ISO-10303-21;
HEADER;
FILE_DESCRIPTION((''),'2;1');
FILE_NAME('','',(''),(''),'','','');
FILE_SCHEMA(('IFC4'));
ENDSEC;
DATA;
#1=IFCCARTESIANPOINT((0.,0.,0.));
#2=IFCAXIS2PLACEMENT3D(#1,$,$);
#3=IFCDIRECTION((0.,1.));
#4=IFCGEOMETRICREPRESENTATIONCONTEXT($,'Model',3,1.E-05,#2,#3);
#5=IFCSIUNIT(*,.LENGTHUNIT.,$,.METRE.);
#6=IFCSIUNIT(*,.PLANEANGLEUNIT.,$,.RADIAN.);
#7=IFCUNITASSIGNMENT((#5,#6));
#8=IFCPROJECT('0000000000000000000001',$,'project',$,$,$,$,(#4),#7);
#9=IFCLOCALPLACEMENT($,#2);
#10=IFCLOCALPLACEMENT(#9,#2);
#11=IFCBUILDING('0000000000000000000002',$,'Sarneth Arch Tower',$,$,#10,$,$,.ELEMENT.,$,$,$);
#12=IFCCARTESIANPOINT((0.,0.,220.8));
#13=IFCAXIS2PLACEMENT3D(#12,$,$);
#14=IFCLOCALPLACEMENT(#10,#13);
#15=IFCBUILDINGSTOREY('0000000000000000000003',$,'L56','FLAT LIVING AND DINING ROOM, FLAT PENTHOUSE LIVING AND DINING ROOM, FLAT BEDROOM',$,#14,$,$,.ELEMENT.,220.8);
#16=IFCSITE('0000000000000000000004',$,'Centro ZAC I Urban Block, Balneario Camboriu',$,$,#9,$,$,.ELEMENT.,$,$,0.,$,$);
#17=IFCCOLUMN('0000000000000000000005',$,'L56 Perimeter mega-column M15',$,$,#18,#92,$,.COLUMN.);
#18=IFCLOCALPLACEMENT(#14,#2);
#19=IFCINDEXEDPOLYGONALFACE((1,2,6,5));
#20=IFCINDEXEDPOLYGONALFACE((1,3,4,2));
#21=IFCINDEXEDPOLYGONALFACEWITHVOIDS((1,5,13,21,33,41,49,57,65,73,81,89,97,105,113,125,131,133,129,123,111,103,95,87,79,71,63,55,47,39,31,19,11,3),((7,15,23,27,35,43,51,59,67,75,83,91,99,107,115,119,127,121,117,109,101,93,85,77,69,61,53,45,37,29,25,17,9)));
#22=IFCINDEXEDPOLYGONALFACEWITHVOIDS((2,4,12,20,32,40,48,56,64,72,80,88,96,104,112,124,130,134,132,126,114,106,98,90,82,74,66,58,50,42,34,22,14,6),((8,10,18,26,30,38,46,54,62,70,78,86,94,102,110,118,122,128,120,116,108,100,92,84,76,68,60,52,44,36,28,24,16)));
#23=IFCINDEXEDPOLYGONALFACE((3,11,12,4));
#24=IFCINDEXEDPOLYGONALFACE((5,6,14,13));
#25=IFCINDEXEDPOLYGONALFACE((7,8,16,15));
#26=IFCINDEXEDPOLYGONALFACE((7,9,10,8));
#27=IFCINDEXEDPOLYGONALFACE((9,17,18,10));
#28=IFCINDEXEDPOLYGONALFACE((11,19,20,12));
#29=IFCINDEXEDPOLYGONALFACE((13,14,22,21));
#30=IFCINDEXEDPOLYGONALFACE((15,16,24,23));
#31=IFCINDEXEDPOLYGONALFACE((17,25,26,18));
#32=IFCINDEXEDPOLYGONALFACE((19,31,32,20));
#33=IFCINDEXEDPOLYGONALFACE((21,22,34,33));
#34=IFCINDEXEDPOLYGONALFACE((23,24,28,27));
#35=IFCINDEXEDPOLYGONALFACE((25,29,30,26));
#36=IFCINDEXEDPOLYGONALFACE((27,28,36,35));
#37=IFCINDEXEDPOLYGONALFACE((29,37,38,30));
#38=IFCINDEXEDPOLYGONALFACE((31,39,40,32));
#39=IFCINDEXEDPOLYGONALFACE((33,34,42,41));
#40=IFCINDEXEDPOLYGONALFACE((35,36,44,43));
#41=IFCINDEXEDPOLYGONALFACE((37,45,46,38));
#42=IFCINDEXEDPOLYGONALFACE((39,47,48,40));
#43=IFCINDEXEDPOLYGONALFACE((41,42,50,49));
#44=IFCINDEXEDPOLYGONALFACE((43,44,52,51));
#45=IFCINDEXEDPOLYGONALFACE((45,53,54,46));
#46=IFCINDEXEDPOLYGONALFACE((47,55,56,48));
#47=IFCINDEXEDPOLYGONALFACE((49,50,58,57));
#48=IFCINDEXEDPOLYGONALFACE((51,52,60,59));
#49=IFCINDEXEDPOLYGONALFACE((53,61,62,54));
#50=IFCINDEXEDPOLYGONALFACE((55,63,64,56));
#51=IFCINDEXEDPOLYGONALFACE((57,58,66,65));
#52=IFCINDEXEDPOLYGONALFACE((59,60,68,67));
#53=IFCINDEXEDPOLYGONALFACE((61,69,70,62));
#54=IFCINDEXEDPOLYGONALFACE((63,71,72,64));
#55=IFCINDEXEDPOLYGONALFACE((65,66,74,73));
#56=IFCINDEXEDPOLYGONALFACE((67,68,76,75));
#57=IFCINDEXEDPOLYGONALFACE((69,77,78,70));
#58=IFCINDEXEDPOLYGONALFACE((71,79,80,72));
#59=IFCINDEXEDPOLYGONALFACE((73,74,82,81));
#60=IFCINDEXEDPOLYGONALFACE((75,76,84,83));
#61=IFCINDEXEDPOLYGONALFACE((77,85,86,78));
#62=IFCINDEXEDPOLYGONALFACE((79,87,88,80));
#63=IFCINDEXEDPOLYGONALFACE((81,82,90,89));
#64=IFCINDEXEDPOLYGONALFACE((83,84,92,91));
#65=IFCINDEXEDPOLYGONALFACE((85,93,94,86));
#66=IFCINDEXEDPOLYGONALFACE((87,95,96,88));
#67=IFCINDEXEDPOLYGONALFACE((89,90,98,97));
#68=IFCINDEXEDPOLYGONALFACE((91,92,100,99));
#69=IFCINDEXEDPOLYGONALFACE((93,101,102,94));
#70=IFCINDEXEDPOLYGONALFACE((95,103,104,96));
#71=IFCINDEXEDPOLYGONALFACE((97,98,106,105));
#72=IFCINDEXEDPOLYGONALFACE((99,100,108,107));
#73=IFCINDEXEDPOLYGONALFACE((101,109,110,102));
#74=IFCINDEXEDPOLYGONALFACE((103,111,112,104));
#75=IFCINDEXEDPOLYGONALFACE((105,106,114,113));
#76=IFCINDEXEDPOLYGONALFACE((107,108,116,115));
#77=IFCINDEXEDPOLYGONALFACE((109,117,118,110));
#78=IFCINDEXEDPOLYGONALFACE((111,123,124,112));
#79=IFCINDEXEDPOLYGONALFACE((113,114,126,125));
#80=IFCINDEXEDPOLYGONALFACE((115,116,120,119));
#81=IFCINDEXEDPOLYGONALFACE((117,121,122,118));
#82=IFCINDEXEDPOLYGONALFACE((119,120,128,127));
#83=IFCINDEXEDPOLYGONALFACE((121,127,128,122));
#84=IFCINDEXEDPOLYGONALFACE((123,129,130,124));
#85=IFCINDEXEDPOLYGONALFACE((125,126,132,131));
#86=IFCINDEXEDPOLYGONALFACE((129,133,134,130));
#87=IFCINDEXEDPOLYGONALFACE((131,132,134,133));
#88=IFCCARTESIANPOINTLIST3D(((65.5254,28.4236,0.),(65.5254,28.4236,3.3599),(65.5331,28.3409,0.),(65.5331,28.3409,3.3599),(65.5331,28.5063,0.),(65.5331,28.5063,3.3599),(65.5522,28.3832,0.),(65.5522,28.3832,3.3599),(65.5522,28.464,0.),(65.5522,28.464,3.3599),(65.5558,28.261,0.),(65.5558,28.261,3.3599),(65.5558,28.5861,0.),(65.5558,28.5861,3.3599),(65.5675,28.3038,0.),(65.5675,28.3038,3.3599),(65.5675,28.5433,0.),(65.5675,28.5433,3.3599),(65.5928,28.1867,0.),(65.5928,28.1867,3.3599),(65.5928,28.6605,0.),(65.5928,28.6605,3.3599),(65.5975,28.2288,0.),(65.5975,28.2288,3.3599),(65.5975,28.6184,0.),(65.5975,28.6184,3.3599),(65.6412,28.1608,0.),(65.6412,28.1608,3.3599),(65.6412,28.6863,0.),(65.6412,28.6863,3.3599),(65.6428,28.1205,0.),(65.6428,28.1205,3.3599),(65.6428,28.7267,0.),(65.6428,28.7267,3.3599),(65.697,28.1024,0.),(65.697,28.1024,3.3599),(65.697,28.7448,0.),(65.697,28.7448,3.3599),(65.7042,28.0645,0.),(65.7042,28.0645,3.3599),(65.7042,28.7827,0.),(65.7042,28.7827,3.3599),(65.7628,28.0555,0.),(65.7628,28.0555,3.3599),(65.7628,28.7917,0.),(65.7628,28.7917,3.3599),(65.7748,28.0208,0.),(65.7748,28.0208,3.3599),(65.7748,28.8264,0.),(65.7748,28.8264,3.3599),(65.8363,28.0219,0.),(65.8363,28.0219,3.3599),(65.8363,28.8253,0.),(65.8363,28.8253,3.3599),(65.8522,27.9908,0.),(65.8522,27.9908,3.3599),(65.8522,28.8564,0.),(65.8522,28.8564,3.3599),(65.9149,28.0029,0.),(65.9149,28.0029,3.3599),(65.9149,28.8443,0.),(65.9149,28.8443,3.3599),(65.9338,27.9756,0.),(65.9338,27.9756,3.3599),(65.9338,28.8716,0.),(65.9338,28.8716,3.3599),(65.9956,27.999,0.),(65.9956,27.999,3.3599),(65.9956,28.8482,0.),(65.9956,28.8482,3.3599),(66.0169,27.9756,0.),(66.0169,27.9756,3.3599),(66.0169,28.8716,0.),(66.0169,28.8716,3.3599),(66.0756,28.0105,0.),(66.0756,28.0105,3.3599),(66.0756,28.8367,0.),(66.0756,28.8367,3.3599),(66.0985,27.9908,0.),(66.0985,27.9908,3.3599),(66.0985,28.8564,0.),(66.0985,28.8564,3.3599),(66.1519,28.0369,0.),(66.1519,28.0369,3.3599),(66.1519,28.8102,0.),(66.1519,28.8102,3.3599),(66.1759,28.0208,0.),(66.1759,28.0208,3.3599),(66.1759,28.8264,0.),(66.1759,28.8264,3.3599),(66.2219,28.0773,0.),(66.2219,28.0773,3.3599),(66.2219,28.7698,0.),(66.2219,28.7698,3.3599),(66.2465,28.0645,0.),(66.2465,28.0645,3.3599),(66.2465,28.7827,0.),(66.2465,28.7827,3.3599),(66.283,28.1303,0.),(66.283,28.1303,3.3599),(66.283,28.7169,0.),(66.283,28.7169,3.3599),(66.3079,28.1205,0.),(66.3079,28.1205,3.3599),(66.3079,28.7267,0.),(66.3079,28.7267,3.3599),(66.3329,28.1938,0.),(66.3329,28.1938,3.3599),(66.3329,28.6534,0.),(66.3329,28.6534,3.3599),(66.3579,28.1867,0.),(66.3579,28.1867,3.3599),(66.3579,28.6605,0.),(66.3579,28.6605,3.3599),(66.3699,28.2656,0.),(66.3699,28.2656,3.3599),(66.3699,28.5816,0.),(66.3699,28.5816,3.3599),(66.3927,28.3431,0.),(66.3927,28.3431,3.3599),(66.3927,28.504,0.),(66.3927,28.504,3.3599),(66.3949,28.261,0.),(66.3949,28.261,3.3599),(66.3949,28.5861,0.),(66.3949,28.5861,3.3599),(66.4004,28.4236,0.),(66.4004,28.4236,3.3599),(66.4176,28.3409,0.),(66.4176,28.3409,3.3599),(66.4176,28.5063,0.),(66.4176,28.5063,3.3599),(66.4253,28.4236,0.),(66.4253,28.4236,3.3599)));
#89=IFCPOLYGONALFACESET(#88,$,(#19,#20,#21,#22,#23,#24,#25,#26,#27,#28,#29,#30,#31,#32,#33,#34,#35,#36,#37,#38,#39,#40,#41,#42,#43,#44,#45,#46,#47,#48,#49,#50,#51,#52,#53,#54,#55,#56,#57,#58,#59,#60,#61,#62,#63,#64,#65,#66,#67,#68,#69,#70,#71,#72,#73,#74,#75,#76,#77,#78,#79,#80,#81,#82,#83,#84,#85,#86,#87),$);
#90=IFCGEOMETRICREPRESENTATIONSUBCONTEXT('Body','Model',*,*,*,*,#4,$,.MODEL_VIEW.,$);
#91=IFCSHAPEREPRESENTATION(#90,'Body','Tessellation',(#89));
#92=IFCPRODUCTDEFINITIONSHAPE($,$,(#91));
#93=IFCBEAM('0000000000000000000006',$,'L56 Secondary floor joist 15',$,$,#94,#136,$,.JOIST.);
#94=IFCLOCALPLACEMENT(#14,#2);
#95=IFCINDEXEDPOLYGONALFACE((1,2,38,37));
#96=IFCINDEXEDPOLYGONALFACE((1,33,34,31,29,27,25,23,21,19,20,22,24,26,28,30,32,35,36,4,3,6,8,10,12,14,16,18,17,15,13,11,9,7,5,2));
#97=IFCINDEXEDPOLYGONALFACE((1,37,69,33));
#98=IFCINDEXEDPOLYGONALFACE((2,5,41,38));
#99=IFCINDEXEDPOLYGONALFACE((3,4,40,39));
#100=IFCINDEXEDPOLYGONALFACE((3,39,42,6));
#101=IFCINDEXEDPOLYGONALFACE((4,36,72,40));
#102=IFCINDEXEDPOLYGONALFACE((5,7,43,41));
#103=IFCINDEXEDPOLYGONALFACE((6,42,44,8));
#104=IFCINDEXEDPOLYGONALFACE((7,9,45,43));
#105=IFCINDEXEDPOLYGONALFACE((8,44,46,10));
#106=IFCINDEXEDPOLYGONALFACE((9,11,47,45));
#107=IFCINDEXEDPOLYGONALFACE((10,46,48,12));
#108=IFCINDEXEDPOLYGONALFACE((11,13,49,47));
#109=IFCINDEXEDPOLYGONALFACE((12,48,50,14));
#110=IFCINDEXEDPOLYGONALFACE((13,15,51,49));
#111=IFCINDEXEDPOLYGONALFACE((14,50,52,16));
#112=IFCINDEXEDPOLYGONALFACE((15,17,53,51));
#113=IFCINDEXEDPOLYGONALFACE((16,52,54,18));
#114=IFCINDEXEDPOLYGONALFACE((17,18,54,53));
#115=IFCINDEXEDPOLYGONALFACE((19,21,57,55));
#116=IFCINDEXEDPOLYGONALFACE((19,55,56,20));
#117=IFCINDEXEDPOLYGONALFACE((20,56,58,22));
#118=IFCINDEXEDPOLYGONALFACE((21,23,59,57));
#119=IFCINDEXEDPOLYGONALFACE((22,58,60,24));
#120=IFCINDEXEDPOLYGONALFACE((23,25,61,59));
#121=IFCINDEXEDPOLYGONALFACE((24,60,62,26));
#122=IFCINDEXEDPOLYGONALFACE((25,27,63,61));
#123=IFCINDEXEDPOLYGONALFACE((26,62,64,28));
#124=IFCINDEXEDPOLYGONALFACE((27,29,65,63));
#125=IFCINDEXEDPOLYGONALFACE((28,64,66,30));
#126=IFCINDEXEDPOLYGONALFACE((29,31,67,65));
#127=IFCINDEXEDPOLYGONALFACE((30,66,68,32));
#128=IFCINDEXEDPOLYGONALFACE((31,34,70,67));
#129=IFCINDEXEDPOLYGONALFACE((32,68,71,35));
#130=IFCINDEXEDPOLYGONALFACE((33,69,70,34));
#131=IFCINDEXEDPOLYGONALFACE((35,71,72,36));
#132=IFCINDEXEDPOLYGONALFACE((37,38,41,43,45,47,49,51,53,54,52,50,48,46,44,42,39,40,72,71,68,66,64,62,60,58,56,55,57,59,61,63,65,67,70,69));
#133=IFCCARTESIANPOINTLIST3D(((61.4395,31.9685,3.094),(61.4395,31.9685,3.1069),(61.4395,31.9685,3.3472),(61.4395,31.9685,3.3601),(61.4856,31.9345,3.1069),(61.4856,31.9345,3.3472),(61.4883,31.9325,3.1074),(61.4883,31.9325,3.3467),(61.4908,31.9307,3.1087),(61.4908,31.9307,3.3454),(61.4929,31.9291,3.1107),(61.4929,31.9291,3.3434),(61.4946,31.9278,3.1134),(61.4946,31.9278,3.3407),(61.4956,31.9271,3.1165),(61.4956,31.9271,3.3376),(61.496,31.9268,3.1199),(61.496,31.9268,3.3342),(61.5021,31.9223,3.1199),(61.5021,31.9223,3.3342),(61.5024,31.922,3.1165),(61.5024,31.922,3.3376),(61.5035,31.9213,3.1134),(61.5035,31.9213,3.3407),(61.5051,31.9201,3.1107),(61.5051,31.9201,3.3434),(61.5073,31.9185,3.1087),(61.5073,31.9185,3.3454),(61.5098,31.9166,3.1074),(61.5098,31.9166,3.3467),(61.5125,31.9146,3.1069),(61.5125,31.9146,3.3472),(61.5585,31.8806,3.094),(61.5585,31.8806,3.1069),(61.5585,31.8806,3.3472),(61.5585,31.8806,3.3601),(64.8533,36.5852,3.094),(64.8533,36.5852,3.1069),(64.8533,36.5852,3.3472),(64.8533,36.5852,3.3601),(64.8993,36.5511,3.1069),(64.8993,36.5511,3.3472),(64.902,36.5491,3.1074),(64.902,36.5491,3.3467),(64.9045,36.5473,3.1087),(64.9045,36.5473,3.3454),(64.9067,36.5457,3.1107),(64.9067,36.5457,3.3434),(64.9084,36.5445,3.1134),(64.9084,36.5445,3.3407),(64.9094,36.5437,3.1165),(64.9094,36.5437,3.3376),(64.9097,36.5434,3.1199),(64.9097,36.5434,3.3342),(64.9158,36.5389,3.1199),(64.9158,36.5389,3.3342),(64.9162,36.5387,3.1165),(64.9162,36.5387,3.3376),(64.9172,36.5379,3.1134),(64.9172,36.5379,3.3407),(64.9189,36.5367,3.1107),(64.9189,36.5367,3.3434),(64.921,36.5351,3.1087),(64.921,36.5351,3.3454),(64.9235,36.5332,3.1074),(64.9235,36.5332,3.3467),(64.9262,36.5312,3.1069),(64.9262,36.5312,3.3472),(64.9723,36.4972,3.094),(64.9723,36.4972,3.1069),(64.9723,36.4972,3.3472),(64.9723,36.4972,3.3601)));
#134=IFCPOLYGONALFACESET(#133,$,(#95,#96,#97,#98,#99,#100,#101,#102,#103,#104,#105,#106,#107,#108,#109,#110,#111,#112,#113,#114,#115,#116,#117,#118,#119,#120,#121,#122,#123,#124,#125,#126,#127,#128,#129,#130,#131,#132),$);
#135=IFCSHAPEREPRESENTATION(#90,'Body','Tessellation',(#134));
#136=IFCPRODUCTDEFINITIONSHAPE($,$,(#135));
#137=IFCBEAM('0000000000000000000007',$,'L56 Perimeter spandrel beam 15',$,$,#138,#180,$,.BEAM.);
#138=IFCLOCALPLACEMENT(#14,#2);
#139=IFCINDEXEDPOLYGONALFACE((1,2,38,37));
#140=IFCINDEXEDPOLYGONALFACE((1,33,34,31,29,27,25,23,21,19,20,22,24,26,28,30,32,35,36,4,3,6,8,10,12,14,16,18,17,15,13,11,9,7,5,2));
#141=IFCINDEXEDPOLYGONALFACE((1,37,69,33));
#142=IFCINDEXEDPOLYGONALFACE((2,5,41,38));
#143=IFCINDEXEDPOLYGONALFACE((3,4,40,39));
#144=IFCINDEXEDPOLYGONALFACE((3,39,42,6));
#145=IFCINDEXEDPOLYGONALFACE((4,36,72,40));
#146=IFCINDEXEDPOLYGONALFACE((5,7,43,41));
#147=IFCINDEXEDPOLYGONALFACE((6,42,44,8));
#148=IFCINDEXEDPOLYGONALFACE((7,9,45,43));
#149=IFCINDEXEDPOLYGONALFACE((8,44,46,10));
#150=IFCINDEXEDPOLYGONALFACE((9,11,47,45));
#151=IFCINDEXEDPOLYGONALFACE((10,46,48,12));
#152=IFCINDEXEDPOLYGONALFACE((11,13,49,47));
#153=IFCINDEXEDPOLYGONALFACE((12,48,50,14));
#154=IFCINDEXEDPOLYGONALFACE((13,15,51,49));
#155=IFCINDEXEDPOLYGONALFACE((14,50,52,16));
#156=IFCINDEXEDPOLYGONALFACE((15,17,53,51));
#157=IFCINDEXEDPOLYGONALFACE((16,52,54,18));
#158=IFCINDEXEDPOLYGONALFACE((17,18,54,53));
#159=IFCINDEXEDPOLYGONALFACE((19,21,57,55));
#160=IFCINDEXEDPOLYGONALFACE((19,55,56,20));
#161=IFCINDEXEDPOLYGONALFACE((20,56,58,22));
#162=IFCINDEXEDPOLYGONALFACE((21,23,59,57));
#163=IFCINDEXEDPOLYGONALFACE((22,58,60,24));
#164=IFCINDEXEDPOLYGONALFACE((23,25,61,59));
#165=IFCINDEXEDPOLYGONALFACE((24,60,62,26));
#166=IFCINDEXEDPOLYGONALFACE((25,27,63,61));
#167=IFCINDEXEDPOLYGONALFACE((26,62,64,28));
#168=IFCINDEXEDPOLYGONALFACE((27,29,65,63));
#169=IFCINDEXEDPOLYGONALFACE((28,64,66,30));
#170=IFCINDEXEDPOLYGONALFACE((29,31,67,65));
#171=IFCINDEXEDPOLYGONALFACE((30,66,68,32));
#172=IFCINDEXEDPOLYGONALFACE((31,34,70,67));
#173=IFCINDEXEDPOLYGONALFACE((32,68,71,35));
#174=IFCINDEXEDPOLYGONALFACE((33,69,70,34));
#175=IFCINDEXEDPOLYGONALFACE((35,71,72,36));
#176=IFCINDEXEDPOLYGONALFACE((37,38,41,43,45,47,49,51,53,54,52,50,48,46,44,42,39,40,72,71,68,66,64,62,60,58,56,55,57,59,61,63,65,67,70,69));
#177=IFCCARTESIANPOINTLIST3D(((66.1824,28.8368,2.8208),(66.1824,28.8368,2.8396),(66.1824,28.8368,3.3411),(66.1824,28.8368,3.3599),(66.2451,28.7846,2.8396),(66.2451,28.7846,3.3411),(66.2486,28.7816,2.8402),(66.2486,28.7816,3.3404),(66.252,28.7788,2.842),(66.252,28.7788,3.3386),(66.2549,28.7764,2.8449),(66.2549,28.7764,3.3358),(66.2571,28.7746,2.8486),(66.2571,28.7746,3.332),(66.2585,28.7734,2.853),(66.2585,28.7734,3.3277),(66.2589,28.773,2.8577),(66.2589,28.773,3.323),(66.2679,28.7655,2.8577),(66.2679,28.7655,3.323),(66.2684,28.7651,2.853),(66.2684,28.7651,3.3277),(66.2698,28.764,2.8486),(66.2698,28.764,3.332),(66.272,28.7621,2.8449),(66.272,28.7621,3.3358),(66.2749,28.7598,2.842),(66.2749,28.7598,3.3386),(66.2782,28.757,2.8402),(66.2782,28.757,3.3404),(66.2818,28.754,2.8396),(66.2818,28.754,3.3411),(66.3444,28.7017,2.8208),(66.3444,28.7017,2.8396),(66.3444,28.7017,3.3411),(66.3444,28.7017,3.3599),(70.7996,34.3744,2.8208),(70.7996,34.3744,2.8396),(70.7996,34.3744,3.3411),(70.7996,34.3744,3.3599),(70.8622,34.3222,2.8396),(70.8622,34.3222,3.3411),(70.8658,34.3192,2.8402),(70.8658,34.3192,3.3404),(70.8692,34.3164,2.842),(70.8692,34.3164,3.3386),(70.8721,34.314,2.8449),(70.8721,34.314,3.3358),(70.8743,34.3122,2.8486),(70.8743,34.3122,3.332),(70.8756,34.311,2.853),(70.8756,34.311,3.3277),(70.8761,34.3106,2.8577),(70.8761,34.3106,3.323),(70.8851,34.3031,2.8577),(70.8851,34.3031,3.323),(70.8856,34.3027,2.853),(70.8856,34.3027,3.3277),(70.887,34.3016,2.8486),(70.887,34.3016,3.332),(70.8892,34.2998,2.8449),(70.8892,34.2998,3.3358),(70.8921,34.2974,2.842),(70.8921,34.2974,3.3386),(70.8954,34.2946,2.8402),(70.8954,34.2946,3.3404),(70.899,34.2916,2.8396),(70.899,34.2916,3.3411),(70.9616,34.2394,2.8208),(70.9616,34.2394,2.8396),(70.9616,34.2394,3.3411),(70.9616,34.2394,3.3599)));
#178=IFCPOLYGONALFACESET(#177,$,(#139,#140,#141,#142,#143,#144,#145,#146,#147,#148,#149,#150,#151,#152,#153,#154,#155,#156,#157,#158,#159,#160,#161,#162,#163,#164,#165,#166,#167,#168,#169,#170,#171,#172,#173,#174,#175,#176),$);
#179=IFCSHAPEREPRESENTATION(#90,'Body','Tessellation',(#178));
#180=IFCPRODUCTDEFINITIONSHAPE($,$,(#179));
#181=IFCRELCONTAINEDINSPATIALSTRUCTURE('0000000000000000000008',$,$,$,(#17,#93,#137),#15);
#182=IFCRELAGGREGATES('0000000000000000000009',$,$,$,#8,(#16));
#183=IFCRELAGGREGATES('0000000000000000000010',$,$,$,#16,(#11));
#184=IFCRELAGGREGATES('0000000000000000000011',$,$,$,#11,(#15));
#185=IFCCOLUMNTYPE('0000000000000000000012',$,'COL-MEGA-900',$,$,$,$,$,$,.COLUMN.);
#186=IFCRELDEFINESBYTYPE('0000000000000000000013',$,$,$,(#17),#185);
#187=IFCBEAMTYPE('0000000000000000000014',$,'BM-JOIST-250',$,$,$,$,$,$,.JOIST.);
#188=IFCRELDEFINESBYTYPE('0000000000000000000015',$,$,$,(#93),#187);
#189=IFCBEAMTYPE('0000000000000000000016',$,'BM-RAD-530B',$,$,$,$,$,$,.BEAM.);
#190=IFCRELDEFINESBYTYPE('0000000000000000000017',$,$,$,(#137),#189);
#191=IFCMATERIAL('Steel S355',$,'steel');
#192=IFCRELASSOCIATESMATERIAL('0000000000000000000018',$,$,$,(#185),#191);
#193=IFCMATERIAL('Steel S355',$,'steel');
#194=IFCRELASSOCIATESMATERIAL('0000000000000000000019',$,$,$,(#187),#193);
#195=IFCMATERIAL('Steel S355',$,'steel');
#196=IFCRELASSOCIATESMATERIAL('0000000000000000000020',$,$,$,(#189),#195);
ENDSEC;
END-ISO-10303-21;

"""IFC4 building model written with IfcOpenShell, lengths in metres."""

from ifc_helpers import new_model, si_unit, direction, frame, origin, origin_2d, place, context, subcontext, project, spatial, hollow_circle, i_section, extrude, material, material_profile, profile_set, type_object, element, save


model = new_model("IFC4")

# Units and contexts
model_context = context("Model", 3, precision=1e-05, world=origin(), true_north=direction((0.0, 1.0)))
body_context = subcontext(model_context, "Body", "Model", "MODEL_VIEW")
ifc_project = project(units=[si_unit("LENGTHUNIT", "METRE"), si_unit("PLANEANGLEUNIT", "RADIAN")], contexts=[model_context])

# Site, building, storey
site_placement = place(None, origin())
site = spatial("IfcSite", under=ifc_project, at=site_placement, Name="Centro ZAC I Urban Block, Balneario Camboriu", CompositionType="ELEMENT", RefElevation=0.0)
building_placement = place(site_placement, origin())
building = spatial("IfcBuilding", under=site, at=building_placement, Name="Sarneth Arch Tower", CompositionType="ELEMENT")
storey_placement = place(building_placement, frame((0.0, 0.0, 220.8)))
storey = spatial("IfcBuildingStorey", under=building, at=storey_placement, Name="L56", Description="FLAT LIVING AND DINING ROOM, FLAT PENTHOUSE LIVING AND DINING ROOM, FLAT BEDROOM", CompositionType="ELEMENT", Elevation=220.8)

# Column
ifc_material_1 = material(Name="Steel S355", Category="steel")
ifc_material_profile_1 = material_profile(ifc_material_1, hollow_circle(Radius=0.45, WallThickness=0.0249, at=origin_2d()), Name="CHS900x25")
ifc_profile_set_1 = profile_set([ifc_material_profile_1], Name="Steel S355")
column_type = type_object("IfcColumnType", Name="COL-MEGA-900", PredefinedType="COLUMN", material=ifc_profile_set_1)
column_placement = place(storey_placement, frame((65.9753, 28.4236, 0.0), z_axis=(0.0, 0.0, 1.0), x_axis=(1.0, 0.0, 0.0)))
element("IfcColumn", 1, at=column_placement, inside=storey, type_object=column_type, Name="L56 Perimeter mega-column M15", PredefinedType="COLUMN", context=body_context, shape_type="SweptSolid", body=[
    extrude(hollow_circle(Radius=0.45, WallThickness=0.0249, at=origin_2d()), origin(), (0.0, 0.0, 1.0), 3.3599),
])

# Beams
ifc_material_2 = material(Name="Steel S355", Category="steel")
ifc_material_profile_2 = material_profile(ifc_material_2, i_section(OverallWidth=0.1479, OverallDepth=0.2661, WebThickness=0.0076, FlangeThickness=0.0129, FilletRadius=0.0129, at=origin_2d()), Name="W250x44.8")
ifc_profile_set_2 = profile_set([ifc_material_profile_2], Name="Steel S355")
beam_type_1 = type_object("IfcBeamType", Name="BM-JOIST-250", PredefinedType="JOIST", material=ifc_profile_set_2)
beam_1_placement = place(storey_placement, frame((61.499, 31.9246, 3.2271), z_axis=(0.594557, 0.804053, 0.0), x_axis=(-0.804053, 0.594557, 0.0)))
element("IfcBeam", 2, at=beam_1_placement, inside=storey, type_object=beam_type_1, Name="L56 Secondary floor joist 15", PredefinedType="JOIST", context=body_context, shape_type="SweptSolid", body=[
    extrude(i_section(OverallWidth=0.1479, OverallDepth=0.2661, WebThickness=0.0076, FlangeThickness=0.0129, FilletRadius=0.0129, at=origin_2d()), origin(), (0.0, 0.0, 1.0), 5.7417),
])
ifc_material_3 = material(Name="Steel S355", Category="steel")
ifc_material_profile_3 = material_profile(ifc_material_3, i_section(OverallWidth=0.2109, OverallDepth=0.5391, WebThickness=0.0117, FlangeThickness=0.0188, FilletRadius=0.0181, at=origin_2d()), Name="W530x109")
ifc_profile_set_3 = profile_set([ifc_material_profile_3], Name="Steel S355")
beam_type_2 = type_object("IfcBeamType", Name="BM-RAD-530B", PredefinedType="BEAM", material=ifc_profile_set_3)
beam_2_placement = place(storey_placement, frame((66.2634, 28.7693, 3.0903), z_axis=(0.640391, 0.768049, 0.0), x_axis=(-0.768049, 0.640391, 0.0)))
element("IfcBeam", 3, at=beam_2_placement, inside=storey, type_object=beam_type_2, Name="L56 Perimeter spandrel beam 15", PredefinedType="BEAM", context=body_context, shape_type="SweptSolid", body=[
    extrude(i_section(OverallWidth=0.2109, OverallDepth=0.5391, WebThickness=0.0117, FlangeThickness=0.0188, FilletRadius=0.0181, at=origin_2d()), origin(), (0.0, 0.0, 1.0), 7.21),
])

save(model, "model.ifc")
